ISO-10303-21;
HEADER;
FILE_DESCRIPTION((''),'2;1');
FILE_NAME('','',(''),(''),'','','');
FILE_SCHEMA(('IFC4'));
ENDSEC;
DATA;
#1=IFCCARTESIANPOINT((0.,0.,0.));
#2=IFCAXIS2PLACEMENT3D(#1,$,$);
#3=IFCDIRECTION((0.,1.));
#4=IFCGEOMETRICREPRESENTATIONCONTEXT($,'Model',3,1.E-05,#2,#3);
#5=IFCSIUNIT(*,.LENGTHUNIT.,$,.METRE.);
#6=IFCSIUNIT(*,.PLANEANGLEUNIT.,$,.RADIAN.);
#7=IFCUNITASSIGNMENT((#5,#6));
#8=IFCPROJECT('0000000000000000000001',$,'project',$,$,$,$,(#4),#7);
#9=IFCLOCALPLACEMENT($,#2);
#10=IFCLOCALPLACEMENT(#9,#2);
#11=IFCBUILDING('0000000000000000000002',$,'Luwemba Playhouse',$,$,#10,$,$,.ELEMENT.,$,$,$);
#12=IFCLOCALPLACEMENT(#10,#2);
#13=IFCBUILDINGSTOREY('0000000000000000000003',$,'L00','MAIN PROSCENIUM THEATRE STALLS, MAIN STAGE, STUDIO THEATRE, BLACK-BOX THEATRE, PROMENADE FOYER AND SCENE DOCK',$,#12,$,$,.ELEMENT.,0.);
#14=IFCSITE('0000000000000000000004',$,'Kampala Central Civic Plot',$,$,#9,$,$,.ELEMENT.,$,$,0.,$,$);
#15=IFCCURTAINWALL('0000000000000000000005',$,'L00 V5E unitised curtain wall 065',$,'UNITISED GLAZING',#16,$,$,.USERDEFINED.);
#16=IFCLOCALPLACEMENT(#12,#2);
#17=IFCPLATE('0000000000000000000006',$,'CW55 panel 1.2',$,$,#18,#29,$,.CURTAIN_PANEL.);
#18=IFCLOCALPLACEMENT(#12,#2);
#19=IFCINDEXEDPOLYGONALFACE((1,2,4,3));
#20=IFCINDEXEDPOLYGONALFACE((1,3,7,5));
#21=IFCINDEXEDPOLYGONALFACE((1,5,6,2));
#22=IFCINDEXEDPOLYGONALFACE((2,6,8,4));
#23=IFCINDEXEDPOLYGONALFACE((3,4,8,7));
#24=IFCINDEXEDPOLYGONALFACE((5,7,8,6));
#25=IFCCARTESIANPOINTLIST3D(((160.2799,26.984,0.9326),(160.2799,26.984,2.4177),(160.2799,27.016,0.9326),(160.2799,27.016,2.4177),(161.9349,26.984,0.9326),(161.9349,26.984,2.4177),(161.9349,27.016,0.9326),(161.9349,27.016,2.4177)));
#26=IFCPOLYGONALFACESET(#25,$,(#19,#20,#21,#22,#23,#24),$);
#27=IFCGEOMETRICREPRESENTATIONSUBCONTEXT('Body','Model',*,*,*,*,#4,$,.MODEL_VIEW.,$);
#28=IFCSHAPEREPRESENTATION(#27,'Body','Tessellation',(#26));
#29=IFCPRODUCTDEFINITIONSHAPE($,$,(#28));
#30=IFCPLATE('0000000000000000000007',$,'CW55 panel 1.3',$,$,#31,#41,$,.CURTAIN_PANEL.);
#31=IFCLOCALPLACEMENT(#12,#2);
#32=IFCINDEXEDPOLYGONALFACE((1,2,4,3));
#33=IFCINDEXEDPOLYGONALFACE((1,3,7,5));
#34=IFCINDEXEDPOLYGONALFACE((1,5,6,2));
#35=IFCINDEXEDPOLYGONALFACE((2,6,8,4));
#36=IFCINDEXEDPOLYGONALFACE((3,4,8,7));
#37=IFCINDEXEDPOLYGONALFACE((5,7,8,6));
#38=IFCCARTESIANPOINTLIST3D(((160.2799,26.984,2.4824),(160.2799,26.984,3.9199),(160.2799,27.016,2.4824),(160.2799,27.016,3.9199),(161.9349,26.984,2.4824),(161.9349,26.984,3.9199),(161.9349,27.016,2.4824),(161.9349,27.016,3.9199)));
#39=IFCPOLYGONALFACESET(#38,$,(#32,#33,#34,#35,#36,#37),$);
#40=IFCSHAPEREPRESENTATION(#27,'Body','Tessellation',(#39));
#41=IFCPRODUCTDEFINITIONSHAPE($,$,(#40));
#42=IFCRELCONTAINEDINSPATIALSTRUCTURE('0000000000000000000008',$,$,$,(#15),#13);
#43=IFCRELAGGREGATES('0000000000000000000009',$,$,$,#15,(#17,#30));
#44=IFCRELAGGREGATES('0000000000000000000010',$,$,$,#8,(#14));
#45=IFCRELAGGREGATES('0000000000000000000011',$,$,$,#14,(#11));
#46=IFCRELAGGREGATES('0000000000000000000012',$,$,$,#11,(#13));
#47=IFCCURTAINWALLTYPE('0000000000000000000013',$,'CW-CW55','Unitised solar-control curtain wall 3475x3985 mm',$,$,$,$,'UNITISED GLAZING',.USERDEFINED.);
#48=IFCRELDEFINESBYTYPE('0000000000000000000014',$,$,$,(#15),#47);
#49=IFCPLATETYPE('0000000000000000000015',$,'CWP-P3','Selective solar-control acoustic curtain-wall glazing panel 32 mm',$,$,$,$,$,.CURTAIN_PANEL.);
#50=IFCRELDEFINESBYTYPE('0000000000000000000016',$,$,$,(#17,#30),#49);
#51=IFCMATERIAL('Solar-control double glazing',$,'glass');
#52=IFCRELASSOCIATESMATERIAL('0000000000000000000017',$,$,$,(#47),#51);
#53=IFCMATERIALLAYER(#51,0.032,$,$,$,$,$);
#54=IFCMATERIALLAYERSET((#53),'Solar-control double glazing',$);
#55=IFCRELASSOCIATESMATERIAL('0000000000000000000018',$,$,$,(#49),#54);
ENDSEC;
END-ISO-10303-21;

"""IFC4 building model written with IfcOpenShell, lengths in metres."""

from ifc_helpers import new_model, si_unit, direction, frame, origin, origin_2d, place, context, subcontext, project, spatial, rectangle, extrude, material, layer, layer_set, type_object, element, aggregate, save


model = new_model("IFC4")

# Units and contexts
model_context = context("Model", 3, precision=1e-05, world=origin(), true_north=direction((0.0, 1.0)))
body_context = subcontext(model_context, "Body", "Model", "MODEL_VIEW")
ifc_project = project(units=[si_unit("LENGTHUNIT", "METRE"), si_unit("PLANEANGLEUNIT", "RADIAN")], contexts=[model_context])

# Site, building, storey
site_placement = place(None, origin())
site = spatial("IfcSite", under=ifc_project, at=site_placement, Name="Kampala Central Civic Plot", CompositionType="ELEMENT", RefElevation=0.0)
building_placement = place(site_placement, origin())
building = spatial("IfcBuilding", under=site, at=building_placement, Name="Luwemba Playhouse", CompositionType="ELEMENT")
storey_placement = place(building_placement, origin())
storey = spatial("IfcBuildingStorey", under=building, at=storey_placement, Name="L00", Description="MAIN PROSCENIUM THEATRE STALLS, MAIN STAGE, STUDIO THEATRE, BLACK-BOX THEATRE, PROMENADE FOYER AND SCENE DOCK", CompositionType="ELEMENT", Elevation=0.0)

# Shared definitions
ifc_material_1 = material(Name="Solar-control double glazing", Category="glass")

# Curtain wall
curtain_wall_type_1 = type_object("IfcCurtainWallType", Name="CW-CW55", Description="Unitised solar-control curtain wall 3475x3985 mm", ElementType="UNITISED GLAZING", PredefinedType="USERDEFINED", material=ifc_material_1)
curtain_wall_1_placement = place(storey_placement, origin())
curtain_wall_1 = element("IfcCurtainWall", 1, at=curtain_wall_1_placement, inside=storey, type_object=curtain_wall_type_1, Name="L00 V5E unitised curtain wall 065", ObjectType="UNITISED GLAZING", PredefinedType="USERDEFINED")

# Plates
ifc_layer_1 = layer(ifc_material_1, 0.032)
ifc_layer_set_1 = layer_set([ifc_layer_1], Name="Solar-control double glazing")
plate_type_1 = type_object("IfcPlateType", Name="CWP-P3", Description="Selective solar-control acoustic curtain-wall glazing panel 32 mm", PredefinedType="CURTAIN_PANEL", material=ifc_layer_set_1)
plate_1_placement = place(storey_placement, frame((161.1074, 27.0, 0.9326), z_axis=(0.0, 0.0, 1.0), x_axis=(1.0, 0.0, 0.0)))
plate_1 = element("IfcPlate", 2, at=plate_1_placement, type_object=plate_type_1, Name="CW55 panel 1.2", PredefinedType="CURTAIN_PANEL", context=body_context, shape_type="SweptSolid", body=[
    extrude(rectangle(XDim=1.655, YDim=0.032, at=origin_2d()), origin(), (0.0, 0.0, 1.0), 1.4851),
])
plate_2_placement = place(storey_placement, frame((161.1074, 27.0, 2.4824), z_axis=(0.0, 0.0, 1.0), x_axis=(1.0, 0.0, 0.0)))
plate_2 = element("IfcPlate", 3, at=plate_2_placement, type_object=plate_type_1, Name="CW55 panel 1.3", PredefinedType="CURTAIN_PANEL", context=body_context, shape_type="SweptSolid", body=[
    extrude(rectangle(XDim=1.655, YDim=0.032, at=origin_2d()), origin(), (0.0, 0.0, 1.0), 1.4375),
])
aggregate(curtain_wall_1, [plate_1, plate_2])

save(model, "model.ifc")
